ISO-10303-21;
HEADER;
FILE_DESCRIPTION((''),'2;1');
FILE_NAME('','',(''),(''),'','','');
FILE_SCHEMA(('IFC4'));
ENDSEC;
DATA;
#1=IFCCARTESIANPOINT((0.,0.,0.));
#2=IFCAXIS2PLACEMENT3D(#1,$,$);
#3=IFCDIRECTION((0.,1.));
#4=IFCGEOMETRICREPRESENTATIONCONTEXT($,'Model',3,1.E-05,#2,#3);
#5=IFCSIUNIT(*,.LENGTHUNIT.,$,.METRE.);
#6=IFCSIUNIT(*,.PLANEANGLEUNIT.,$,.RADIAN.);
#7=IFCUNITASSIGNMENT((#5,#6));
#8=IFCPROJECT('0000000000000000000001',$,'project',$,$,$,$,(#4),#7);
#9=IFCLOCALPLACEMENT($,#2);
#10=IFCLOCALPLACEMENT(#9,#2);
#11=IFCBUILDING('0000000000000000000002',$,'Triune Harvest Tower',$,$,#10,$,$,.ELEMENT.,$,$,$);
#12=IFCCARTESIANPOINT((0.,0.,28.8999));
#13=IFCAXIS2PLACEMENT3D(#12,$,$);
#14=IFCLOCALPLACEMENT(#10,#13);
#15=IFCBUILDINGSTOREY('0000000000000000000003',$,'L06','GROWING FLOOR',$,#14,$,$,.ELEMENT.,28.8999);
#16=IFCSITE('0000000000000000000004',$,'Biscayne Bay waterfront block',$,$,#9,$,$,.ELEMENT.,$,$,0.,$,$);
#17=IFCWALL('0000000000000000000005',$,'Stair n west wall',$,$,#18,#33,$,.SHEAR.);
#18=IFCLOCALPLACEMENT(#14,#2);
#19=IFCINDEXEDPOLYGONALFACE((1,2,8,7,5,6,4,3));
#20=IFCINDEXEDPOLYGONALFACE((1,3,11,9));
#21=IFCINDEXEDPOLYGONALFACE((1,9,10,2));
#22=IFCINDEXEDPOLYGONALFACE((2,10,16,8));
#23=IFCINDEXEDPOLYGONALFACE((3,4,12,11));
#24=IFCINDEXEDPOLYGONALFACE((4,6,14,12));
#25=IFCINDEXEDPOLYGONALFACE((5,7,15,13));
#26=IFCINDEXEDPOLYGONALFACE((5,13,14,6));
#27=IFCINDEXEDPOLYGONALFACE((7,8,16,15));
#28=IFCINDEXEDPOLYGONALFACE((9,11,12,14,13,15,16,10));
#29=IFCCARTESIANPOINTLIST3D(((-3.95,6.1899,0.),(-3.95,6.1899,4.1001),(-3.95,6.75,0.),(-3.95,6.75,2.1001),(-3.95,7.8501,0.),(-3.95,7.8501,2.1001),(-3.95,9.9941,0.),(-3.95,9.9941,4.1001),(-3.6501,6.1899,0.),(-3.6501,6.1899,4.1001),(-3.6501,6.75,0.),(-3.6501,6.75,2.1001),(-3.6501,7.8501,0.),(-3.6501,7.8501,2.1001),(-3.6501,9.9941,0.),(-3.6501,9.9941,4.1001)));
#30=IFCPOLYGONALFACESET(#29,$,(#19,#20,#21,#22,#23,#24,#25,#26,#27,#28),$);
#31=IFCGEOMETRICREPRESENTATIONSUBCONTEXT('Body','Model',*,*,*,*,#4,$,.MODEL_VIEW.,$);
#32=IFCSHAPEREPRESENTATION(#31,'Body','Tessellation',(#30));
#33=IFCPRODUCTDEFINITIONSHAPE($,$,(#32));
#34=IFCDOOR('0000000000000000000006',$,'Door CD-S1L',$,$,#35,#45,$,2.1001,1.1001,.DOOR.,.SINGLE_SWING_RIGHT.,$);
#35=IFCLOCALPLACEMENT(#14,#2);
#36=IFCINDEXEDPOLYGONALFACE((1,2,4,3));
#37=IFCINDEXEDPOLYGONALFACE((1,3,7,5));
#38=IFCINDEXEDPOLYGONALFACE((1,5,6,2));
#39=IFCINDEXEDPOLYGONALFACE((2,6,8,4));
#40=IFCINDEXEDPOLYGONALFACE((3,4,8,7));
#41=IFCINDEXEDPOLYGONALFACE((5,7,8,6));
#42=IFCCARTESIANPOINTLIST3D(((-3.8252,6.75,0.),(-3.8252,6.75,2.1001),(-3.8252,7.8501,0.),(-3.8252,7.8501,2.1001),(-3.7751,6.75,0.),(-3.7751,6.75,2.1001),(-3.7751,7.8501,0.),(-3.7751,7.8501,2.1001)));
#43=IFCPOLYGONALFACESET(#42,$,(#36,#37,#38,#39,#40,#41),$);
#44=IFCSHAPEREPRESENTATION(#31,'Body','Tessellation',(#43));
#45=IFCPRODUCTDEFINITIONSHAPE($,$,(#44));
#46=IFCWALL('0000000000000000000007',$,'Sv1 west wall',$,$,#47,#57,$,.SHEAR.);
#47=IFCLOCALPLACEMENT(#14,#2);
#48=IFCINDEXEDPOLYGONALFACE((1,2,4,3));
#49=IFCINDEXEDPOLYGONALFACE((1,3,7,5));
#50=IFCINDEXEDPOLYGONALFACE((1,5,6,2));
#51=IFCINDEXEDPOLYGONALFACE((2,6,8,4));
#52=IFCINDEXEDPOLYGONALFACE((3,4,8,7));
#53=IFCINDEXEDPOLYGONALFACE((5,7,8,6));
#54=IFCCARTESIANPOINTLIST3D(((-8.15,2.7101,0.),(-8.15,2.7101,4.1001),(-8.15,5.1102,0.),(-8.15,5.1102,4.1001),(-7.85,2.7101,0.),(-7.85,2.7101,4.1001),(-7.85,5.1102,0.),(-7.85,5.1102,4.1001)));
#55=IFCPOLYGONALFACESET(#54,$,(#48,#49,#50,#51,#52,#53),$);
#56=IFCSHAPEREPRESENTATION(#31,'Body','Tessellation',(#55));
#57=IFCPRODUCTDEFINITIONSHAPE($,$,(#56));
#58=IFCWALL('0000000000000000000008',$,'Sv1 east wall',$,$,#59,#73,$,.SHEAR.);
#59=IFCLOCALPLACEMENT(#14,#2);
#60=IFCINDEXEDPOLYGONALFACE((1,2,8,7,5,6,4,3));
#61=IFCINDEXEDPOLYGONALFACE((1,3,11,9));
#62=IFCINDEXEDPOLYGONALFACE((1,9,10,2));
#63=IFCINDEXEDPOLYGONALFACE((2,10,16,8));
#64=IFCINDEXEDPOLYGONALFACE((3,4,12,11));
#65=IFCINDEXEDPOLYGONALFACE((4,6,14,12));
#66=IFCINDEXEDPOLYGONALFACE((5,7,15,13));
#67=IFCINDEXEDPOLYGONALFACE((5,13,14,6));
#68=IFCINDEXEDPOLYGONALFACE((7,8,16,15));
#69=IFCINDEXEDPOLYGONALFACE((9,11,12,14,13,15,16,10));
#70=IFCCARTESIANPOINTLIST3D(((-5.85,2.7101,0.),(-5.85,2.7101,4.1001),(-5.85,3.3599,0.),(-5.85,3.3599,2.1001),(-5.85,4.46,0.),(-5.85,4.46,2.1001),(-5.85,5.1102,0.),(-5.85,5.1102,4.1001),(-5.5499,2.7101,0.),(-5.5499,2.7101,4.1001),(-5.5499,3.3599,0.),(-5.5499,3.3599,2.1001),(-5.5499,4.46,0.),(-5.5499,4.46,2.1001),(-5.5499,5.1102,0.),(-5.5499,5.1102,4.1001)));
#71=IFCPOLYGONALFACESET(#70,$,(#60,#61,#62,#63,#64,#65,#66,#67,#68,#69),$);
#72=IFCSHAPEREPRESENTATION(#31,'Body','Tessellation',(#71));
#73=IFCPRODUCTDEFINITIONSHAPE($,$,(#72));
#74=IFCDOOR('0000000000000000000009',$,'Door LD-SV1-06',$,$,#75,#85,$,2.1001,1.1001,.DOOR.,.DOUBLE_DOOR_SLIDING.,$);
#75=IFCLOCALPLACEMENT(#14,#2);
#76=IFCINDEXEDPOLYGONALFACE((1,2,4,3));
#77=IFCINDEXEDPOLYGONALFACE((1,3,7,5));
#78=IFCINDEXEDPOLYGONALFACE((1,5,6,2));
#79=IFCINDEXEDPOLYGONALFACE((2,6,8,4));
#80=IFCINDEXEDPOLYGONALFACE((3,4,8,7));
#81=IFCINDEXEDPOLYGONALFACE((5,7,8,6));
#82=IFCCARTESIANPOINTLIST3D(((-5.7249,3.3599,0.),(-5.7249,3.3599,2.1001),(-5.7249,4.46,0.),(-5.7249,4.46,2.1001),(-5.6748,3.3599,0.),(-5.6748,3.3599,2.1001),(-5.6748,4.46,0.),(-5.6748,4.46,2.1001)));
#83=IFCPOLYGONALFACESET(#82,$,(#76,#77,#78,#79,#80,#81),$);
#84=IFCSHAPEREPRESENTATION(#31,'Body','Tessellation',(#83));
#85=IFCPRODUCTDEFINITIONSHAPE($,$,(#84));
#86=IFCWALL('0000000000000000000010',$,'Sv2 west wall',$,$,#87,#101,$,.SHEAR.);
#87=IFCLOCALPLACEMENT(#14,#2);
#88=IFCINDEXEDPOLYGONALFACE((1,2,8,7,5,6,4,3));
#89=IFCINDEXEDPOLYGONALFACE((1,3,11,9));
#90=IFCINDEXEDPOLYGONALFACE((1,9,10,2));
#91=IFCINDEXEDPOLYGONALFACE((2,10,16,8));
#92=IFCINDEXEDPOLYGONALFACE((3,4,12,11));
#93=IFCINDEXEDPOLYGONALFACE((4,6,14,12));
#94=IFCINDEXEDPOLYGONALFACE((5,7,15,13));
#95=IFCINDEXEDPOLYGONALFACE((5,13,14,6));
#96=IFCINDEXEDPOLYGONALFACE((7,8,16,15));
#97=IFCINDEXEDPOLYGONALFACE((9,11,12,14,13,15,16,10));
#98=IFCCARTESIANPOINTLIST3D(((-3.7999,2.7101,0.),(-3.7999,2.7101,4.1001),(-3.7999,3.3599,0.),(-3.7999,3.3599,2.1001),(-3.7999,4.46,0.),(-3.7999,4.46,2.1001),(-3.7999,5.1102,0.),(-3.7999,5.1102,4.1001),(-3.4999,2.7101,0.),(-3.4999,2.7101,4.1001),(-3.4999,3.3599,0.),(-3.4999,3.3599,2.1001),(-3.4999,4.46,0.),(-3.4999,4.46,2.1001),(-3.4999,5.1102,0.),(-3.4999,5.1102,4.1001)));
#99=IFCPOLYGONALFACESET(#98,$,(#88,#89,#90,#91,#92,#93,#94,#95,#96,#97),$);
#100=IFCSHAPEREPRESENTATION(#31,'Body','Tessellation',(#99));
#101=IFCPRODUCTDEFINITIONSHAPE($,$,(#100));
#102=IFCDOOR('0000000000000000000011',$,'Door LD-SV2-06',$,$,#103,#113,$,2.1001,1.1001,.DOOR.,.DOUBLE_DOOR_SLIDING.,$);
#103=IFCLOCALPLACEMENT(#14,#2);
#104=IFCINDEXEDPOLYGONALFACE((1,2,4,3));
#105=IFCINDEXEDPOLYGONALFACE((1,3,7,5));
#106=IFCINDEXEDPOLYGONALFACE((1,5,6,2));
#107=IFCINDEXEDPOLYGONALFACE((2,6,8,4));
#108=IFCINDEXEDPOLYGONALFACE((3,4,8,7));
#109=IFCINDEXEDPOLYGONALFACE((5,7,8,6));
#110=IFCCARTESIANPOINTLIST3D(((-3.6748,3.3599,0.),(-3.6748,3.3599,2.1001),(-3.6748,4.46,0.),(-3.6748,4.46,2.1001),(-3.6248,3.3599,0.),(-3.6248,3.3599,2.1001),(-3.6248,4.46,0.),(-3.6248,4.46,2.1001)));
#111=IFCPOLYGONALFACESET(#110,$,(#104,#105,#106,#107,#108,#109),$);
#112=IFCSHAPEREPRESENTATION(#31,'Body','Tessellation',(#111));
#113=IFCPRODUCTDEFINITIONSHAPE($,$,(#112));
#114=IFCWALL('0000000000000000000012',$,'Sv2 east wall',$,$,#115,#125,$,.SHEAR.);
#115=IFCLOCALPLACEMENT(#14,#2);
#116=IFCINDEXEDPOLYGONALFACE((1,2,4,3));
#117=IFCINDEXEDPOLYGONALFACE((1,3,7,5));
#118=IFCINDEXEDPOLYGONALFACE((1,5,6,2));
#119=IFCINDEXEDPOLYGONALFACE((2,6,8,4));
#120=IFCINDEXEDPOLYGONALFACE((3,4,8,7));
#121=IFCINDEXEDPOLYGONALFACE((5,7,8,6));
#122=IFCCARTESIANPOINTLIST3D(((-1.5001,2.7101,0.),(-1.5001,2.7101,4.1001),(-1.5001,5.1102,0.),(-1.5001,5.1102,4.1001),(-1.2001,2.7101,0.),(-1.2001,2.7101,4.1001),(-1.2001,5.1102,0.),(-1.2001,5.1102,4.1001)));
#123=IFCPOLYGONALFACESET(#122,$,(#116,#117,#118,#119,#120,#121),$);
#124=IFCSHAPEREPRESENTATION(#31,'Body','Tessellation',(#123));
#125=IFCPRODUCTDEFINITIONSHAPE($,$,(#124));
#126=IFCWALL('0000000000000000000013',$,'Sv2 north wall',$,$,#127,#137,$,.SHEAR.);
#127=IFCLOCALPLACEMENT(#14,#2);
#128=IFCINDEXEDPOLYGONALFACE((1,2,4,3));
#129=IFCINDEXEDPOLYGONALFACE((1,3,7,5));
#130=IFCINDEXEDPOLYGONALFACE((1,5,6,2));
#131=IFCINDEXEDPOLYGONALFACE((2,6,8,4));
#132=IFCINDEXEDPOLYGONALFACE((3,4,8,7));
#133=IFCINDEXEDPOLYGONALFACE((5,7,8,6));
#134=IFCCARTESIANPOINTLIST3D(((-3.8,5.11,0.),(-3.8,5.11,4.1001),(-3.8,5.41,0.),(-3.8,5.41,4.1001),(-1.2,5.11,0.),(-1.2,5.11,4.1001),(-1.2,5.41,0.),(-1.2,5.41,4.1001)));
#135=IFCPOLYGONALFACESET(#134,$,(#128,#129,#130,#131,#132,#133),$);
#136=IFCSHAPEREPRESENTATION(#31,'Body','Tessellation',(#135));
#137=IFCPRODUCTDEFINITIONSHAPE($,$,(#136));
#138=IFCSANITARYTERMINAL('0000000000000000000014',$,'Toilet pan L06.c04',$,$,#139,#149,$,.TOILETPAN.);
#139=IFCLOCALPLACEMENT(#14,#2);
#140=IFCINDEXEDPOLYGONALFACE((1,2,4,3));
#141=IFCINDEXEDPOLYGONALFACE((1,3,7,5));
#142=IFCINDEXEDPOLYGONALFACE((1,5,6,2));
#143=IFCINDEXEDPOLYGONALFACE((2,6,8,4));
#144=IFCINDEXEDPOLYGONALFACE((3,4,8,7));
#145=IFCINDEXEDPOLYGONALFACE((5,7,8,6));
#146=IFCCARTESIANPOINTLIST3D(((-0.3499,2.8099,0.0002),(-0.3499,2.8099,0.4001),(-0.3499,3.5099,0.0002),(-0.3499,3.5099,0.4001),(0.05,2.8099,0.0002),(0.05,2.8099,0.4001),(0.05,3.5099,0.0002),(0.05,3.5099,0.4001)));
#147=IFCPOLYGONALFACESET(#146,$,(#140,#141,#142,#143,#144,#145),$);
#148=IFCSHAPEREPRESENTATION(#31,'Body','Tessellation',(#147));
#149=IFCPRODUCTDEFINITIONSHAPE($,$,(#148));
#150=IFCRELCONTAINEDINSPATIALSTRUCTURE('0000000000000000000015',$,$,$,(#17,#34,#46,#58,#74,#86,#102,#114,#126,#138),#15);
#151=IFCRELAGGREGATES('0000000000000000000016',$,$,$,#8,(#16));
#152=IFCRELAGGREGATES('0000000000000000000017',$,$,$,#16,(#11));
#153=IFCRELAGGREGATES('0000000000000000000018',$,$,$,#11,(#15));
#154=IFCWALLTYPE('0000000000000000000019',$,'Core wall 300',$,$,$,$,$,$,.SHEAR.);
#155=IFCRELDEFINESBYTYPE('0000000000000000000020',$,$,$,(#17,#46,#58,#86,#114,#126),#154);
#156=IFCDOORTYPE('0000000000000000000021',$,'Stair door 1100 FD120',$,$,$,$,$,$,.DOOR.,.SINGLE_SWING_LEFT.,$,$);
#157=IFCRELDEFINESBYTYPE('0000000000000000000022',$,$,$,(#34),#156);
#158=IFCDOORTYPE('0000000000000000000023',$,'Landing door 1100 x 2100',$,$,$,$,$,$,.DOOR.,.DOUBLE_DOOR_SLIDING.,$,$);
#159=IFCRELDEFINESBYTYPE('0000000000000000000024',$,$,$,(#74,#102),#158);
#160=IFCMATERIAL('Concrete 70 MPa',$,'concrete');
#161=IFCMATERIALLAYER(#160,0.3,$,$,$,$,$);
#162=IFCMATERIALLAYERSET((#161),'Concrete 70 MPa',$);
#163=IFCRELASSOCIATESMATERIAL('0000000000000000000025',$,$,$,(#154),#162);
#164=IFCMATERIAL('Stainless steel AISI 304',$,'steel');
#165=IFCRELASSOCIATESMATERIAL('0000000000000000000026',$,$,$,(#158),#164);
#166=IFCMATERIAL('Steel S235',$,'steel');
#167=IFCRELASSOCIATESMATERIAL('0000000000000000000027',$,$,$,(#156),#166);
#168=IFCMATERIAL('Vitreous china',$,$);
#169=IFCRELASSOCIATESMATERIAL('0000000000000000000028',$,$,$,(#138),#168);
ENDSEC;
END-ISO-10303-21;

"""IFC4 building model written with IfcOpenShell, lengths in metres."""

from ifc_helpers import new_model, si_unit, direction, frame, frame_2d, origin, origin_2d, place, context, subcontext, project, spatial, polyline, rectangle, outline, extrude, source, transform, mapped, material, layer, layer_set, type_object, element, fill, save


model = new_model("IFC4")

# Units and contexts
model_context = context("Model", 3, precision=1e-05, world=origin(), true_north=direction((0.0, 1.0)))
body_context = subcontext(model_context, "Body", "Model", "MODEL_VIEW")
ifc_project = project(units=[si_unit("LENGTHUNIT", "METRE"), si_unit("PLANEANGLEUNIT", "RADIAN")], contexts=[model_context])

# Site, building, storey
site_placement = place(None, origin())
site = spatial("IfcSite", under=ifc_project, at=site_placement, Name="Biscayne Bay waterfront block", CompositionType="ELEMENT", RefElevation=0.0)
building_placement = place(site_placement, origin())
building = spatial("IfcBuilding", under=site, at=building_placement, Name="Triune Harvest Tower", CompositionType="ELEMENT")
storey_placement = place(building_placement, frame((0.0, 0.0, 28.8999)))
storey = spatial("IfcBuildingStorey", under=building, at=storey_placement, Name="L06", Description="GROWING FLOOR", CompositionType="ELEMENT", Elevation=28.8999)

# Shared definitions
ifc_material_1 = material(Name="Concrete 70 MPa", Category="concrete")
ifc_layer_1 = layer(ifc_material_1, 0.3)
ifc_layer_set_1 = layer_set([ifc_layer_1], Name="Concrete 70 MPa")
wall_type = type_object("IfcWallType", Name="Core wall 300", PredefinedType="SHEAR", material=ifc_layer_set_1)
ifc_material_2 = material(Name="Stainless steel AISI 304", Category="steel")
door_type_1 = type_object("IfcDoorType", Name="Landing door 1100 x 2100", OperationType="DOUBLE_DOOR_SLIDING", PredefinedType="DOOR", material=ifc_material_2)

# Wall, opening, door
shared_shape_1 = source(origin(), body_context, "Body", "SweptSolid", [
    extrude(outline(polyline([(0.0, -0.1499), (0.0, 0.1499), (3.8042, 0.1499), (3.8042, -0.1499), (0.0, -0.1499)])), origin(), (0.0, 0.0, 1.0), 4.1001),
])
wall_1_placement = place(storey_placement, frame((-3.8, 6.1899, 0.0), z_axis=(0.0, 0.0, 1.0), x_axis=(0.0, 1.0, 0.0)))
wall_1 = element("IfcWall", 1, at=wall_1_placement, inside=storey, type_object=wall_type, Name="Stair n west wall", PredefinedType="SHEAR", context=body_context, shape_type="MappedRepresentation", body=[
    mapped(shared_shape_1, transform((0.0, 0.0, 0.0), scale=1.0)),
])
opening_1_placement = place(wall_1_placement, frame((0.5601, 0.0, 0.0)))
opening_1 = element("IfcOpeningElement", 2, at=opening_1_placement, cuts=wall_1, PredefinedType="OPENING", context=body_context, shape_type="SweptSolid", body=[
    extrude(rectangle(XDim=1.1001, YDim=2.1001, at=frame_2d((0.55, 1.05))), frame((0.0, 0.1602, 0.0), z_axis=(0.0, -1.0, 0.0), x_axis=(1.0, 0.0, 0.0)), (0.0, 0.0, 1.0), 0.3201),
])
ifc_material_3 = material(Name="Steel S235", Category="steel")
door_type_2 = type_object("IfcDoorType", Name="Stair door 1100 FD120", OperationType="SINGLE_SWING_LEFT", PredefinedType="DOOR", material=ifc_material_3)
door_1_placement = place(opening_1_placement, frame((1.1001, 0.0, 0.0), z_axis=(0.0, 0.0, 1.0), x_axis=(-1.0, 0.0, 0.0)))
door_1 = element("IfcDoor", 3, at=door_1_placement, inside=storey, type_object=door_type_2, Name="Door CD-S1L", OperationType="SINGLE_SWING_RIGHT", OverallHeight=2.1001, OverallWidth=1.1001, PredefinedType="DOOR", context=body_context, shape_type="SweptSolid", body=[
    extrude(rectangle(XDim=1.1001, YDim=2.1001, at=frame_2d((0.55, 1.05))), frame((0.0, 0.0249, 0.0), z_axis=(0.0, -1.0, 0.0), x_axis=(1.0, 0.0, 0.0)), (0.0, 0.0, 1.0), 0.05),
])
fill(opening_1, door_1)

# Wall
shared_shape_2 = source(origin(), body_context, "Body", "SweptSolid", [
    extrude(rectangle(XDim=2.4001, YDim=0.3, at=frame_2d((1.2002, 0.0))), origin(), (0.0, 0.0, 1.0), 4.1001),
])
wall_2_placement = place(storey_placement, frame((-8.0, 2.71, 0.0), z_axis=(0.0, 0.0, 1.0), x_axis=(0.0, 1.0, 0.0)))
element("IfcWall", 4, at=wall_2_placement, inside=storey, type_object=wall_type, Name="Sv1 west wall", PredefinedType="SHEAR", context=body_context, shape_type="MappedRepresentation", body=[
    mapped(shared_shape_2, transform((0.0, 0.0, 0.0), scale=1.0)),
])

# Walls, openings, doors
wall_3_placement = place(storey_placement, frame((-5.7, 2.71, 0.0), z_axis=(0.0, 0.0, 1.0), x_axis=(0.0, 1.0, 0.0)))
wall_3 = element("IfcWall", 5, at=wall_3_placement, inside=storey, type_object=wall_type, Name="Sv1 east wall", PredefinedType="SHEAR", context=body_context, shape_type="MappedRepresentation", body=[
    mapped(shared_shape_2, transform((0.0, 0.0, 0.0), scale=1.0)),
])
opening_2_placement = place(wall_3_placement, frame((0.6499, 0.0, 0.0)))
opening_2 = element("IfcOpeningElement", 6, at=opening_2_placement, cuts=wall_3, PredefinedType="OPENING", context=body_context, shape_type="SweptSolid", body=[
    extrude(rectangle(XDim=1.1001, YDim=2.1001, at=frame_2d((0.55, 1.05))), frame((0.0, 0.1602, 0.0), z_axis=(0.0, -1.0, 0.0), x_axis=(1.0, 0.0, 0.0)), (0.0, 0.0, 1.0), 0.3201),
])
door_2_placement = place(opening_2_placement, origin())
door_2 = element("IfcDoor", 7, at=door_2_placement, inside=storey, type_object=door_type_1, Name="Door LD-SV1-06", OperationType="DOUBLE_DOOR_SLIDING", OverallHeight=2.1001, OverallWidth=1.1001, PredefinedType="DOOR", context=body_context, shape_type="SweptSolid", body=[
    extrude(rectangle(XDim=1.1001, YDim=2.1001, at=frame_2d((0.55, 1.05))), frame((0.0, 0.0249, 0.0), z_axis=(0.0, -1.0, 0.0), x_axis=(1.0, 0.0, 0.0)), (0.0, 0.0, 1.0), 0.05),
])
fill(opening_2, door_2)
wall_4_placement = place(storey_placement, frame((-3.6499, 2.71, 0.0), z_axis=(0.0, 0.0, 1.0), x_axis=(0.0, 1.0, 0.0)))
wall_4 = element("IfcWall", 8, at=wall_4_placement, inside=storey, type_object=wall_type, Name="Sv2 west wall", PredefinedType="SHEAR", context=body_context, shape_type="MappedRepresentation", body=[
    mapped(shared_shape_2, transform((0.0, 0.0, 0.0), scale=1.0)),
])
opening_3_placement = place(wall_4_placement, frame((0.6499, 0.0, 0.0)))
opening_3 = element("IfcOpeningElement", 9, at=opening_3_placement, cuts=wall_4, PredefinedType="OPENING", context=body_context, shape_type="SweptSolid", body=[
    extrude(rectangle(XDim=1.1001, YDim=2.1001, at=frame_2d((0.55, 1.05))), frame((0.0, 0.1602, 0.0), z_axis=(0.0, -1.0, 0.0), x_axis=(1.0, 0.0, 0.0)), (0.0, 0.0, 1.0), 0.3201),
])
door_3_placement = place(opening_3_placement, origin())
door_3 = element("IfcDoor", 10, at=door_3_placement, inside=storey, type_object=door_type_1, Name="Door LD-SV2-06", OperationType="DOUBLE_DOOR_SLIDING", OverallHeight=2.1001, OverallWidth=1.1001, PredefinedType="DOOR", context=body_context, shape_type="SweptSolid", body=[
    extrude(rectangle(XDim=1.1001, YDim=2.1001, at=frame_2d((0.55, 1.05))), frame((0.0, 0.0249, 0.0), z_axis=(0.0, -1.0, 0.0), x_axis=(1.0, 0.0, 0.0)), (0.0, 0.0, 1.0), 0.05),
])
fill(opening_3, door_3)

# Walls
wall_5_placement = place(storey_placement, frame((-1.3501, 2.71, 0.0), z_axis=(0.0, 0.0, 1.0), x_axis=(0.0, 1.0, 0.0)))
element("IfcWall", 11, at=wall_5_placement, inside=storey, type_object=wall_type, Name="Sv2 east wall", PredefinedType="SHEAR", context=body_context, shape_type="MappedRepresentation", body=[
    mapped(shared_shape_2, transform((0.0, 0.0, 0.0), scale=1.0)),
])
shared_shape_3 = source(origin(), body_context, "Body", "SweptSolid", [
    extrude(rectangle(XDim=2.6001, YDim=0.3, at=frame_2d((1.3, 0.0))), origin(), (0.0, 0.0, 1.0), 4.1001),
])
wall_6_placement = place(storey_placement, frame((-3.8, 5.26, 0.0), z_axis=(0.0, 0.0, 1.0), x_axis=(1.0, 0.0, 0.0)))
element("IfcWall", 12, at=wall_6_placement, inside=storey, type_object=wall_type, Name="Sv2 north wall", PredefinedType="SHEAR", context=body_context, shape_type="MappedRepresentation", body=[
    mapped(shared_shape_3, transform((0.0, 0.0, 0.0), scale=1.0)),
])

# Sanitary terminal
ifc_material_4 = material(Name="Vitreous china")
shared_shape_4 = source(origin(), body_context, "Body", "SweptSolid", [
    extrude(rectangle(XDim=0.3999, YDim=0.7, at=origin_2d()), origin(), (0.0, 0.0, 1.0), 0.3999),
])
sanitary_terminal_placement = place(storey_placement, frame((-0.1499, 3.1599, 0.0002), z_axis=(0.0, 0.0, 1.0), x_axis=(-1.0, 0.0, 0.0)))
element("IfcSanitaryTerminal", 13, at=sanitary_terminal_placement, inside=storey, material=ifc_material_4, Name="Toilet pan L06.c04", PredefinedType="TOILETPAN", context=body_context, shape_type="MappedRepresentation", body=[
    mapped(shared_shape_4, transform((0.0, 0.0, 0.0), scale=1.0)),
])

save(model, "model.ifc")
